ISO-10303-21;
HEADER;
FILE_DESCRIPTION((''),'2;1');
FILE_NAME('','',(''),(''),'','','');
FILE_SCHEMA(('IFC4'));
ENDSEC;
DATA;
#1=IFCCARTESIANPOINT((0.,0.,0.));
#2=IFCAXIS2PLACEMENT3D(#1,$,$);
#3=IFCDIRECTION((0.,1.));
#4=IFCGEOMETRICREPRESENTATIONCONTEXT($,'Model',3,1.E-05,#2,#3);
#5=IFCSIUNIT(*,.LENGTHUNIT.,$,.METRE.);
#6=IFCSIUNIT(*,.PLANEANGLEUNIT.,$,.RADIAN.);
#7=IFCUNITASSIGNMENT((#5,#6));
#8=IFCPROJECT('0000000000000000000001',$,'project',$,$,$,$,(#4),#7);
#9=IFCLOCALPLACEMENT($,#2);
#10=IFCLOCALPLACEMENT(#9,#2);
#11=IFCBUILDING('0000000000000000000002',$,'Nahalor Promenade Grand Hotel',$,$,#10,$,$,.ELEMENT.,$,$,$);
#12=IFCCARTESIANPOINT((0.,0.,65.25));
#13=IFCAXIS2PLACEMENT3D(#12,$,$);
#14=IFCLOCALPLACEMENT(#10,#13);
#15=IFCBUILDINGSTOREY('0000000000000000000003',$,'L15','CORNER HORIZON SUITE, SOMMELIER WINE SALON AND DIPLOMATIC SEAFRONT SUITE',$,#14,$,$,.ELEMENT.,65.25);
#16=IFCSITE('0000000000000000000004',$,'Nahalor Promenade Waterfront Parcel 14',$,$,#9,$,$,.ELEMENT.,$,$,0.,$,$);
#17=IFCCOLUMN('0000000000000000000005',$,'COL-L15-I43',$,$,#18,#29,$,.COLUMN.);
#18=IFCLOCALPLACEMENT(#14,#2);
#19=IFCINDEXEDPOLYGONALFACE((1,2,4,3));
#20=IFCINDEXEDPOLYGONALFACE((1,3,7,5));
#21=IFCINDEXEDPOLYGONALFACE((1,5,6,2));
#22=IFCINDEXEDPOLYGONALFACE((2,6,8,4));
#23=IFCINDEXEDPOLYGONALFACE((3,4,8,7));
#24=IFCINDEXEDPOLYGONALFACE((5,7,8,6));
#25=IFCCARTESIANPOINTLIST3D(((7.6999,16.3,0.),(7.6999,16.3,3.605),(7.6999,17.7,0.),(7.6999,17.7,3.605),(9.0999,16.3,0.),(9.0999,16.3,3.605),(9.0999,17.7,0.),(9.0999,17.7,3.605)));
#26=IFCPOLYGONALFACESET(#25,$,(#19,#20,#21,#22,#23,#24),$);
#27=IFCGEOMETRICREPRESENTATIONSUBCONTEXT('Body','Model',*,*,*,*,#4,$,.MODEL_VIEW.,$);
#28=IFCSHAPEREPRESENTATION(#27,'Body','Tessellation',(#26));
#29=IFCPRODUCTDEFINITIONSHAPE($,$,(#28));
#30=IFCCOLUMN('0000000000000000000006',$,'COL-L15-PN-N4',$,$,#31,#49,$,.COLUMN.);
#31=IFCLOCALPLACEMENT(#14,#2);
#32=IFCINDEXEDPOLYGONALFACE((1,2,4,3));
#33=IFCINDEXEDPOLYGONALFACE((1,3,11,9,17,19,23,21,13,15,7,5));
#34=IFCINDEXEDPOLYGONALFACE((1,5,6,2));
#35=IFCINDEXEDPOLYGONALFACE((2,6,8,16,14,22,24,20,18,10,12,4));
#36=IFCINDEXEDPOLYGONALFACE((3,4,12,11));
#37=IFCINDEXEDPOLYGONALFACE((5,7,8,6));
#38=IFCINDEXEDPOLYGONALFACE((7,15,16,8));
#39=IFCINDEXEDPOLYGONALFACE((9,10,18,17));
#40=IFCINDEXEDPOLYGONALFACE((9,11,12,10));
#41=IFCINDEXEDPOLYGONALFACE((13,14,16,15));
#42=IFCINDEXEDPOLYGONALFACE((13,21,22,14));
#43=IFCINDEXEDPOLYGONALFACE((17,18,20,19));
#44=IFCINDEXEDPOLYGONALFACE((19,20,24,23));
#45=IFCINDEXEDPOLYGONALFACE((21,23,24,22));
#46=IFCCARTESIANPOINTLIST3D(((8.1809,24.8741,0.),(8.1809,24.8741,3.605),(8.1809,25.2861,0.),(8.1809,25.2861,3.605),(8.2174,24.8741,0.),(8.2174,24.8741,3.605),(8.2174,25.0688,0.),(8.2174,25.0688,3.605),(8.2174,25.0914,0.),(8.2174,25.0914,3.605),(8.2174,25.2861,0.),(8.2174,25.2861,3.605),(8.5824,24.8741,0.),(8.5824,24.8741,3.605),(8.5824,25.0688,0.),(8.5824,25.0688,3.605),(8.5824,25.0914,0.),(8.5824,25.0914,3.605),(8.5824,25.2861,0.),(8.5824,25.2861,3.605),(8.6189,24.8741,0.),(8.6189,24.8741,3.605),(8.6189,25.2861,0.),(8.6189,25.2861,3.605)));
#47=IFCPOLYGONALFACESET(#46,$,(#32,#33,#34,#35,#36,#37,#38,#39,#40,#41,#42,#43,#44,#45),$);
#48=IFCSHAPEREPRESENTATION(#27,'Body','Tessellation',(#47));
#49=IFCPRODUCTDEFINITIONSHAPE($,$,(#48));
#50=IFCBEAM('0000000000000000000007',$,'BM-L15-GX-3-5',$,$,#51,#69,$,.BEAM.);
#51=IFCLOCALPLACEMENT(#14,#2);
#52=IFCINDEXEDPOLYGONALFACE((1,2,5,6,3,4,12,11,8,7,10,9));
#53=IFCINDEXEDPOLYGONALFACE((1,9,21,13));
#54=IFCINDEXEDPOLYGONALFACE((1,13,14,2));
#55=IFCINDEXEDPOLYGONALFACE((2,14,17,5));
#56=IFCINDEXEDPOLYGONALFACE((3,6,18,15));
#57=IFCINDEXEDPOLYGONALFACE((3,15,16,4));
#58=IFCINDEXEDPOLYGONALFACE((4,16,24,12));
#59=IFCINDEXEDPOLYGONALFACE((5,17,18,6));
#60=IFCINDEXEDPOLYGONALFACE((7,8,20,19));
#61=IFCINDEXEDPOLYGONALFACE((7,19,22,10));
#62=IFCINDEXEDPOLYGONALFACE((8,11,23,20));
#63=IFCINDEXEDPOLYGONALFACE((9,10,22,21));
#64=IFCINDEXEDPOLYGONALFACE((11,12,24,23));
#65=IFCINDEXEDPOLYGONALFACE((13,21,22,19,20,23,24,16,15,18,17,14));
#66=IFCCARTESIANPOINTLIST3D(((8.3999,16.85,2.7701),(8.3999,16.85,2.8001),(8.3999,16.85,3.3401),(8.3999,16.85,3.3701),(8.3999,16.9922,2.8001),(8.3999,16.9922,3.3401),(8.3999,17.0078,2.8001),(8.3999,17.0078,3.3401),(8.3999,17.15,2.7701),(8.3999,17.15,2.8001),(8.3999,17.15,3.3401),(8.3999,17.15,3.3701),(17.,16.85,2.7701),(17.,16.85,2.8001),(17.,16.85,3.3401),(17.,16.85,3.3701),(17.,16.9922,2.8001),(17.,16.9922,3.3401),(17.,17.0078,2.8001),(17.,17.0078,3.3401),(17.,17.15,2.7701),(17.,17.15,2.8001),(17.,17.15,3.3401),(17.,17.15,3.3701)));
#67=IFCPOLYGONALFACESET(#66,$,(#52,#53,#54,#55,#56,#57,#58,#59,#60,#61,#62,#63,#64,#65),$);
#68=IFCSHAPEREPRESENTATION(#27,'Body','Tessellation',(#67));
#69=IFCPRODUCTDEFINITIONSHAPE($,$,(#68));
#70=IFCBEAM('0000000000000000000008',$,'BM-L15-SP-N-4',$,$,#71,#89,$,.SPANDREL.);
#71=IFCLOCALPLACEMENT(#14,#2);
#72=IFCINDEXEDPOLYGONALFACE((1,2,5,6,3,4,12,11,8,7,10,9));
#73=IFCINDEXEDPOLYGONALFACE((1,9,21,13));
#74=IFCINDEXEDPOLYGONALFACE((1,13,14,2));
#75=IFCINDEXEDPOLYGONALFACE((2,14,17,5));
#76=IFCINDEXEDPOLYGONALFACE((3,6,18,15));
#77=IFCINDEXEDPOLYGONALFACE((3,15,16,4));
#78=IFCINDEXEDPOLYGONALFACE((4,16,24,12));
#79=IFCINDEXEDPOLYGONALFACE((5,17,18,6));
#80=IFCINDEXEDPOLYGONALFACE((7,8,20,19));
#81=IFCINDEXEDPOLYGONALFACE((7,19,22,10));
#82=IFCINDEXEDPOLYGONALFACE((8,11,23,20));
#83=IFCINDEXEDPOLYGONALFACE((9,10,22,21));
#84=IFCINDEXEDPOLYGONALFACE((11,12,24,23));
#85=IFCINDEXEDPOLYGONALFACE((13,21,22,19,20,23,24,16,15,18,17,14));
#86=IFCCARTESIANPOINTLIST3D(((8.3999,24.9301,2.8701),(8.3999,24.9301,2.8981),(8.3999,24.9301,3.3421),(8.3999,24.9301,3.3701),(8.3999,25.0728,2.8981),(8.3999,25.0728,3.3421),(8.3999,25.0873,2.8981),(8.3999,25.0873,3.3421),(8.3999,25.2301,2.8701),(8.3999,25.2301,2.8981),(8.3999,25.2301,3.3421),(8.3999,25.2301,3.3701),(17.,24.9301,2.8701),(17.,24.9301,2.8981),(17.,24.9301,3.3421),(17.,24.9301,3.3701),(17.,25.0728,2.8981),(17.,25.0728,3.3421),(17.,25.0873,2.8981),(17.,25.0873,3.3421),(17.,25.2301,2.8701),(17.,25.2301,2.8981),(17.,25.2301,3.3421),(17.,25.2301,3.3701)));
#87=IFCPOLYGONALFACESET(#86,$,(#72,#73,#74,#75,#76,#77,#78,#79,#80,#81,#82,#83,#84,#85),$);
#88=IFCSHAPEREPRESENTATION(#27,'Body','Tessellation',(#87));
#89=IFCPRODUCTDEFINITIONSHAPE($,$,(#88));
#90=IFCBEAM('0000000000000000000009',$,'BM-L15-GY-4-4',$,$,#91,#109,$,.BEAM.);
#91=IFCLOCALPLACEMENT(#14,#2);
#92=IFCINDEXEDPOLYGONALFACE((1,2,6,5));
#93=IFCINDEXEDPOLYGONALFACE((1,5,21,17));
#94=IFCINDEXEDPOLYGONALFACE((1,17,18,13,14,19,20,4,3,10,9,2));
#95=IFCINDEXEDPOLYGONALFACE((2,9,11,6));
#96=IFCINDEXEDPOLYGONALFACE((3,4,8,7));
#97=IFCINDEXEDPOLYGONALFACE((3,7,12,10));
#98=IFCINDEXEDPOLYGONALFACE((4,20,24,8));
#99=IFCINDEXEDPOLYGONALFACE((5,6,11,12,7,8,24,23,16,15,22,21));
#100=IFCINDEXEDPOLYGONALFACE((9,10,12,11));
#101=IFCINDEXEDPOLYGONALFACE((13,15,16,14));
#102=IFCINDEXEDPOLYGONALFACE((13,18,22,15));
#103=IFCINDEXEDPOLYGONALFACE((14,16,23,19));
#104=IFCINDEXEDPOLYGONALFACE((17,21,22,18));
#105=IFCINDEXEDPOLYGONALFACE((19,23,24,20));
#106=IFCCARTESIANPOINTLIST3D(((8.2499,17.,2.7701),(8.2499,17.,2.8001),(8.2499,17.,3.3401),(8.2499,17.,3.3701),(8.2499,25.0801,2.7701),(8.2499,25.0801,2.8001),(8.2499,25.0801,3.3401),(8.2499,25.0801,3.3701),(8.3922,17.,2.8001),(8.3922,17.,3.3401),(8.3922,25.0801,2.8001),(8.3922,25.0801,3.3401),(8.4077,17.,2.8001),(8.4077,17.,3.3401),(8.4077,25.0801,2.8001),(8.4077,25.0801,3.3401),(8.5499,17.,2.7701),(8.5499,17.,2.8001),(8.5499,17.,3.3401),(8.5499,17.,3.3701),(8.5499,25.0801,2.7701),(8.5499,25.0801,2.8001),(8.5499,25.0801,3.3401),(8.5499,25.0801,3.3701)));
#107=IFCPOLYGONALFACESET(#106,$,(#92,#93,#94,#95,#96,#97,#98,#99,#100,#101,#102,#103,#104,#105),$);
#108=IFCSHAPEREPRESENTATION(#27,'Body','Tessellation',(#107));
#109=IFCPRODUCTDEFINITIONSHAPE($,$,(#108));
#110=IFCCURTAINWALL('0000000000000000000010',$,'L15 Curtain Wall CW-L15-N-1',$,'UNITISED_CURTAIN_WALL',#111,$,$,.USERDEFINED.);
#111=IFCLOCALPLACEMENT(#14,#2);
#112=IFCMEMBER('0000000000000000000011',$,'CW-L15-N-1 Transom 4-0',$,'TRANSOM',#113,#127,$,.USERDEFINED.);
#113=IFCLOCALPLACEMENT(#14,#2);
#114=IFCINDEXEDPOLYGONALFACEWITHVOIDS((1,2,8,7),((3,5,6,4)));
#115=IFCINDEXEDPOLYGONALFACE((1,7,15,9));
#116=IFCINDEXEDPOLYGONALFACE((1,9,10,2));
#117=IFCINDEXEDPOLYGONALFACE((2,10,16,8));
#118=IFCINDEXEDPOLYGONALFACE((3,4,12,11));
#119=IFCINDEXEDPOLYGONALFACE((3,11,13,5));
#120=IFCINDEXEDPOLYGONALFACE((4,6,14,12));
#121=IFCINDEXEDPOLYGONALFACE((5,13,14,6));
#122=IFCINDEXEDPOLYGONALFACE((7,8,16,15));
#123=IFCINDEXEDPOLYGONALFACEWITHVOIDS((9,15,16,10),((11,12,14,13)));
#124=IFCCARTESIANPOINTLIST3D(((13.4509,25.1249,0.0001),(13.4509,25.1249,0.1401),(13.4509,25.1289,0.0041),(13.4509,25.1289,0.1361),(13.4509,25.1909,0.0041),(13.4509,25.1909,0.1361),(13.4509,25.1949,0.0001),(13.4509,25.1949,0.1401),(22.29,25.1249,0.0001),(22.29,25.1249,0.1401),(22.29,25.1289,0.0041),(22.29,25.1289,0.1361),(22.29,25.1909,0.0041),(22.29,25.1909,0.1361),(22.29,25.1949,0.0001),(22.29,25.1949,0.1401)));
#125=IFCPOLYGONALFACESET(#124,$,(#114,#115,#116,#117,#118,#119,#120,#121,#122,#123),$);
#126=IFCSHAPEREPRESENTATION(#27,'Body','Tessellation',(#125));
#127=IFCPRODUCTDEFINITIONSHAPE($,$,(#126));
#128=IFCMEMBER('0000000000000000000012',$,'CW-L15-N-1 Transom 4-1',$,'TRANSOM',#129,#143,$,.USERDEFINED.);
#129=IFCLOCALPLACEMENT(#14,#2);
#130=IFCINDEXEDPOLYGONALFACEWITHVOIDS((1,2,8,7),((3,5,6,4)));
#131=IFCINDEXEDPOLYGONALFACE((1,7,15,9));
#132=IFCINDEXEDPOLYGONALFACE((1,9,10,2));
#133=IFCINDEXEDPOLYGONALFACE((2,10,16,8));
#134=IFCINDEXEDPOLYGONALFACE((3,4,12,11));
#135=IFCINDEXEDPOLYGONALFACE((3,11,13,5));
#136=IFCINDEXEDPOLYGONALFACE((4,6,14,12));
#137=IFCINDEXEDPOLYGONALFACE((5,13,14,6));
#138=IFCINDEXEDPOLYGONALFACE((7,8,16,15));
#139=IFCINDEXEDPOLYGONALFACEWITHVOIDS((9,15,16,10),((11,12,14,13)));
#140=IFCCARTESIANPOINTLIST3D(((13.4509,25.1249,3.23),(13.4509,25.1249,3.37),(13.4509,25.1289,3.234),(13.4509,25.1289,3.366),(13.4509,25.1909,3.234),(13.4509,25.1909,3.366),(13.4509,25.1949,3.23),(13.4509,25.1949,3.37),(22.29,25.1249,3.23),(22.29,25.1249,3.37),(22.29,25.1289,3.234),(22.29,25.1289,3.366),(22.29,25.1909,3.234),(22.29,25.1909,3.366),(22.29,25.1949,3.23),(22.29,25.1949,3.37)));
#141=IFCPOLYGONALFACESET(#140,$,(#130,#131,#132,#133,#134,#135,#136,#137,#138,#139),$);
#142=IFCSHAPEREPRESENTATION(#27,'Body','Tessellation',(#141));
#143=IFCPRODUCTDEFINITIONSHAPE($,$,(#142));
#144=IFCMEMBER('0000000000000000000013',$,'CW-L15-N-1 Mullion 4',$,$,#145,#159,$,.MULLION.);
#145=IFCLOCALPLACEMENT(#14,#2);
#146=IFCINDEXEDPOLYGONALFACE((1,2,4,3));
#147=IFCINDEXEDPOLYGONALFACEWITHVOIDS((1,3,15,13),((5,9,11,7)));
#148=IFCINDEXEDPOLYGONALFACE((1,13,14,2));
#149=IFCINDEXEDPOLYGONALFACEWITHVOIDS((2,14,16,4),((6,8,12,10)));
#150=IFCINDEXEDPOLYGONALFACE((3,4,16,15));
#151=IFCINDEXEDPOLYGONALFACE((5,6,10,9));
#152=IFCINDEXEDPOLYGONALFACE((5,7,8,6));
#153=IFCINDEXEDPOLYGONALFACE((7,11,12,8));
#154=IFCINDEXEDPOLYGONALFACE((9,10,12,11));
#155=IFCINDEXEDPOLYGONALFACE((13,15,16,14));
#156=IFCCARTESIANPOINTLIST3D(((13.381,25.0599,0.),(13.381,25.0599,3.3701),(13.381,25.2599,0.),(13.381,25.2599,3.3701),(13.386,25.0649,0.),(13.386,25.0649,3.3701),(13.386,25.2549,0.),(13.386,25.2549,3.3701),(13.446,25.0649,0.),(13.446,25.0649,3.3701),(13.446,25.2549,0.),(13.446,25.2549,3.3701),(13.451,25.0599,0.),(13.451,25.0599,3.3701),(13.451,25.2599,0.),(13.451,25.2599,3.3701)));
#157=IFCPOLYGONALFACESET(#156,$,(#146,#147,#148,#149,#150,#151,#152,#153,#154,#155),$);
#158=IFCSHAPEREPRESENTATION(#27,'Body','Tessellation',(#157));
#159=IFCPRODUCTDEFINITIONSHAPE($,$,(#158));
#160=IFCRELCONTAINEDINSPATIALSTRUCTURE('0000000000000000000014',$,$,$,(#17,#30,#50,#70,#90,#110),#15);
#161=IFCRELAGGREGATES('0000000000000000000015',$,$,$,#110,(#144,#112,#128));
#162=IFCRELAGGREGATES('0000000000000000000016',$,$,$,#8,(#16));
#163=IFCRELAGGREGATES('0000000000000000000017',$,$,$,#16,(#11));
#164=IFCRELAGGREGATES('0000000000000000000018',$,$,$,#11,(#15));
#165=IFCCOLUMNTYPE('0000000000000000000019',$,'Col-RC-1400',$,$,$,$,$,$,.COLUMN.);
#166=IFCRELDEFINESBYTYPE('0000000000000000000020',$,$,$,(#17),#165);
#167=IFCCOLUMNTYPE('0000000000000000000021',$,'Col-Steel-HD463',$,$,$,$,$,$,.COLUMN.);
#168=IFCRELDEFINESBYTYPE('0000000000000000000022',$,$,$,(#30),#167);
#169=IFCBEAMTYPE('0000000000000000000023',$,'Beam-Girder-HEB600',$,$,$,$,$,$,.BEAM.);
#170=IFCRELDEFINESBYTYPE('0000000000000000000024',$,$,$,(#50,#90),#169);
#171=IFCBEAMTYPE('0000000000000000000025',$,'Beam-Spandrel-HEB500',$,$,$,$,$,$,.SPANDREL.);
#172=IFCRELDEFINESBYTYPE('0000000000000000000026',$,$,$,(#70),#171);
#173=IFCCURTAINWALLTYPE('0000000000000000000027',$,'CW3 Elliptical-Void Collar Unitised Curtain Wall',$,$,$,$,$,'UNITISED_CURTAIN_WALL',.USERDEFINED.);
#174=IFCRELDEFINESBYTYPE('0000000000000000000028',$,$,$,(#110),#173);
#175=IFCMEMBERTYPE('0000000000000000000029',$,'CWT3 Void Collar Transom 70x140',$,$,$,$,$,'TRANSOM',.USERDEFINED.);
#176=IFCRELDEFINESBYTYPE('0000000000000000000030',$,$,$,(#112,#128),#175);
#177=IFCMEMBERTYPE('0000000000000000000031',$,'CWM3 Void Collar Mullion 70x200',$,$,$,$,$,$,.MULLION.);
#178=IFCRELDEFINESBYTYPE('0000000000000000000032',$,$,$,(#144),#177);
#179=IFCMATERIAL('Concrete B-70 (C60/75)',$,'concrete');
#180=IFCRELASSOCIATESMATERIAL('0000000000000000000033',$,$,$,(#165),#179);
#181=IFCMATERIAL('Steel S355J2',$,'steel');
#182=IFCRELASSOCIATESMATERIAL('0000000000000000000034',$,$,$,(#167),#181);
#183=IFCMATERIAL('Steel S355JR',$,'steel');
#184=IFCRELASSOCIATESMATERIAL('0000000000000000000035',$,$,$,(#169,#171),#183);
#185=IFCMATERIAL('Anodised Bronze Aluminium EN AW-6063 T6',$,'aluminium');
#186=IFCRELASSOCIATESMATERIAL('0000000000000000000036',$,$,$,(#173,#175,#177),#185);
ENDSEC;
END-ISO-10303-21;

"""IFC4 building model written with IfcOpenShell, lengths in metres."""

from ifc_helpers import new_model, si_unit, direction, frame, origin, origin_2d, place, context, subcontext, project, spatial, rectangle, hollow_rectangle, i_section, extrude, source, transform, mapped, material, material_profile, profile_set, type_object, element, aggregate, save


model = new_model("IFC4")

# Units and contexts
model_context = context("Model", 3, precision=1e-05, world=origin(), true_north=direction((0.0, 1.0)))
body_context = subcontext(model_context, "Body", "Model", "MODEL_VIEW")
ifc_project = project(units=[si_unit("LENGTHUNIT", "METRE"), si_unit("PLANEANGLEUNIT", "RADIAN")], contexts=[model_context])

# Site, building, storey
site_placement = place(None, origin())
site = spatial("IfcSite", under=ifc_project, at=site_placement, Name="Nahalor Promenade Waterfront Parcel 14", CompositionType="ELEMENT", RefElevation=0.0)
building_placement = place(site_placement, origin())
building = spatial("IfcBuilding", under=site, at=building_placement, Name="Nahalor Promenade Grand Hotel", CompositionType="ELEMENT")
storey_placement = place(building_placement, frame((0.0, 0.0, 65.25)))
storey = spatial("IfcBuildingStorey", under=building, at=storey_placement, Name="L15", Description="CORNER HORIZON SUITE, SOMMELIER WINE SALON AND DIPLOMATIC SEAFRONT SUITE", CompositionType="ELEMENT", Elevation=65.25)

# Columns
ifc_material_1 = material(Name="Concrete B-70 (C60/75)", Category="concrete")
ifc_material_profile_1 = material_profile(ifc_material_1, rectangle(XDim=1.4, YDim=1.4, at=origin_2d()), Name="RC 1400x1400")
ifc_profile_set_1 = profile_set([ifc_material_profile_1], Name="Concrete B-70 (C60/75)")
column_type_1 = type_object("IfcColumnType", Name="Col-RC-1400", PredefinedType="COLUMN", material=ifc_profile_set_1)
shared_shape_1 = source(origin(), body_context, "Body", "SweptSolid", [
    extrude(rectangle(XDim=1.4, YDim=1.4, at=origin_2d()), origin(), (0.0, 0.0, 1.0), 3.605),
])
column_1_placement = place(storey_placement, frame((8.3999, 17.0, 0.0), z_axis=(0.0, 0.0, 1.0), x_axis=(1.0, 0.0, 0.0)))
element("IfcColumn", 1, at=column_1_placement, inside=storey, type_object=column_type_1, Name="COL-L15-I43", PredefinedType="COLUMN", context=body_context, shape_type="MappedRepresentation", body=[
    mapped(shared_shape_1, transform((0.0, 0.0, 0.0), scale=1.0)),
])
ifc_material_2 = material(Name="Steel S355J2", Category="steel")
ifc_material_profile_2 = material_profile(ifc_material_2, i_section(OverallWidth=0.412, OverallDepth=0.438, WebThickness=0.0226, FlangeThickness=0.0365, at=origin_2d()), Name="HD 400x463")
ifc_profile_set_2 = profile_set([ifc_material_profile_2], Name="Steel S355J2")
column_type_2 = type_object("IfcColumnType", Name="Col-Steel-HD463", PredefinedType="COLUMN", material=ifc_profile_set_2)
shared_shape_2 = source(origin(), body_context, "Body", "SweptSolid", [
    extrude(i_section(OverallWidth=0.412, OverallDepth=0.438, WebThickness=0.0226, FlangeThickness=0.0365, at=origin_2d()), origin(), (0.0, 0.0, 1.0), 3.605),
])
column_2_placement = place(storey_placement, frame((8.3999, 25.0801, 0.0), z_axis=(0.0, 0.0, 1.0), x_axis=(0.0, 1.0, 0.0)))
element("IfcColumn", 2, at=column_2_placement, inside=storey, type_object=column_type_2, Name="COL-L15-PN-N4", PredefinedType="COLUMN", context=body_context, shape_type="MappedRepresentation", body=[
    mapped(shared_shape_2, transform((0.0, 0.0, 0.0), scale=1.0)),
])

# Beams
ifc_material_3 = material(Name="Steel S355JR", Category="steel")
ifc_material_profile_3 = material_profile(ifc_material_3, i_section(OverallWidth=0.3, OverallDepth=0.6, WebThickness=0.0155, FlangeThickness=0.03, at=origin_2d()), Name="HEB 600")
ifc_profile_set_3 = profile_set([ifc_material_profile_3], Name="Steel S355JR")
beam_type_1 = type_object("IfcBeamType", Name="Beam-Girder-HEB600", PredefinedType="BEAM", material=ifc_profile_set_3)
shared_shape_3 = source(origin(), body_context, "Body", "SweptSolid", [
    extrude(i_section(OverallWidth=0.3, OverallDepth=0.6, WebThickness=0.0155, FlangeThickness=0.03, at=origin_2d()), origin(), (0.0, 0.0, 1.0), 8.6001),
])
beam_1_placement = place(storey_placement, frame((8.3999, 17.0, 3.0701), z_axis=(1.0, 0.0, 0.0), x_axis=(0.0, 1.0, 0.0)))
element("IfcBeam", 3, at=beam_1_placement, inside=storey, type_object=beam_type_1, Name="BM-L15-GX-3-5", PredefinedType="BEAM", context=body_context, shape_type="MappedRepresentation", body=[
    mapped(shared_shape_3, transform((0.0, 0.0, 0.0), scale=1.0)),
])
ifc_material_profile_4 = material_profile(ifc_material_3, i_section(OverallWidth=0.3, OverallDepth=0.5, WebThickness=0.0145, FlangeThickness=0.028, at=origin_2d()), Name="HEB 500")
ifc_profile_set_4 = profile_set([ifc_material_profile_4], Name="Steel S355JR")
beam_type_2 = type_object("IfcBeamType", Name="Beam-Spandrel-HEB500", PredefinedType="SPANDREL", material=ifc_profile_set_4)
shared_shape_4 = source(origin(), body_context, "Body", "SweptSolid", [
    extrude(i_section(OverallWidth=0.3, OverallDepth=0.5, WebThickness=0.0145, FlangeThickness=0.028, at=origin_2d()), origin(), (0.0, 0.0, 1.0), 8.6001),
])
beam_2_placement = place(storey_placement, frame((8.3999, 25.0801, 3.1201), z_axis=(1.0, 0.0, 0.0), x_axis=(0.0, 1.0, 0.0)))
element("IfcBeam", 4, at=beam_2_placement, inside=storey, type_object=beam_type_2, Name="BM-L15-SP-N-4", PredefinedType="SPANDREL", context=body_context, shape_type="MappedRepresentation", body=[
    mapped(shared_shape_4, transform((0.0, 0.0, 0.0), scale=1.0)),
])
shared_shape_5 = source(origin(), body_context, "Body", "SweptSolid", [
    extrude(i_section(OverallWidth=0.3, OverallDepth=0.6, WebThickness=0.0155, FlangeThickness=0.03, at=origin_2d()), origin(), (0.0, 0.0, 1.0), 8.0801),
])
beam_3_placement = place(storey_placement, frame((8.3999, 17.0, 3.0701), z_axis=(0.0, 1.0, 0.0), x_axis=(-1.0, 0.0, 0.0)))
element("IfcBeam", 5, at=beam_3_placement, inside=storey, type_object=beam_type_1, Name="BM-L15-GY-4-4", PredefinedType="BEAM", context=body_context, shape_type="MappedRepresentation", body=[
    mapped(shared_shape_5, transform((0.0, 0.0, 0.0), scale=1.0)),
])

# Curtain wall, members
ifc_material_4 = material(Name="Anodised Bronze Aluminium EN AW-6063 T6", Category="aluminium")
curtain_wall_type = type_object("IfcCurtainWallType", Name="CW3 Elliptical-Void Collar Unitised Curtain Wall", ElementType="UNITISED_CURTAIN_WALL", PredefinedType="USERDEFINED", material=ifc_material_4)
curtain_wall_placement = place(storey_placement, origin())
curtain_wall = element("IfcCurtainWall", 6, at=curtain_wall_placement, inside=storey, type_object=curtain_wall_type, Name="L15 Curtain Wall CW-L15-N-1", ObjectType="UNITISED_CURTAIN_WALL", PredefinedType="USERDEFINED")
ifc_material_profile_5 = material_profile(ifc_material_4, hollow_rectangle(XDim=0.07, YDim=0.14, WallThickness=0.004, at=origin_2d()), Name="CWT 70x140x4")
ifc_profile_set_5 = profile_set([ifc_material_profile_5], Name="Anodised Bronze Aluminium EN AW-6063 T6")
member_type_1 = type_object("IfcMemberType", Name="CWT3 Void Collar Transom 70x140", ElementType="TRANSOM", PredefinedType="USERDEFINED", material=ifc_profile_set_5)
shared_shape_6 = source(origin(), body_context, "Body", "SweptSolid", [
    extrude(hollow_rectangle(XDim=0.07, YDim=0.14, WallThickness=0.004, at=origin_2d()), origin(), (0.0, 0.0, 1.0), 8.8391),
])
member_1_placement = place(storey_placement, frame((13.4509, 25.1599, 0.0701), z_axis=(1.0, 0.0, 0.0), x_axis=(0.0, 1.0, 0.0)))
member_1 = element("IfcMember", 7, at=member_1_placement, type_object=member_type_1, Name="CW-L15-N-1 Transom 4-0", ObjectType="TRANSOM", PredefinedType="USERDEFINED", context=body_context, shape_type="MappedRepresentation", body=[
    mapped(shared_shape_6, transform((0.0, 0.0, 0.0), scale=1.0)),
])
member_2_placement = place(storey_placement, frame((13.4509, 25.1599, 3.3), z_axis=(1.0, 0.0, 0.0), x_axis=(0.0, 1.0, 0.0)))
member_2 = element("IfcMember", 8, at=member_2_placement, type_object=member_type_1, Name="CW-L15-N-1 Transom 4-1", ObjectType="TRANSOM", PredefinedType="USERDEFINED", context=body_context, shape_type="MappedRepresentation", body=[
    mapped(shared_shape_6, transform((0.0, 0.0, 0.0), scale=1.0)),
])
ifc_material_profile_6 = material_profile(ifc_material_4, hollow_rectangle(XDim=0.07, YDim=0.2, WallThickness=0.005, at=origin_2d()), Name="CWM 70x200x5")
ifc_profile_set_6 = profile_set([ifc_material_profile_6], Name="Anodised Bronze Aluminium EN AW-6063 T6")
member_type_2 = type_object("IfcMemberType", Name="CWM3 Void Collar Mullion 70x200", PredefinedType="MULLION", material=ifc_profile_set_6)
shared_shape_7 = source(origin(), body_context, "Body", "SweptSolid", [
    extrude(hollow_rectangle(XDim=0.07, YDim=0.2, WallThickness=0.005, at=origin_2d()), origin(), (0.0, 0.0, 1.0), 3.3701),
])
member_3_placement = place(storey_placement, frame((13.416, 25.1599, 0.0), z_axis=(0.0, 0.0, 1.0), x_axis=(1.0, 0.0, 0.0)))
member_3 = element("IfcMember", 9, at=member_3_placement, type_object=member_type_2, Name="CW-L15-N-1 Mullion 4", PredefinedType="MULLION", context=body_context, shape_type="MappedRepresentation", body=[
    mapped(shared_shape_7, transform((0.0, 0.0, 0.0), scale=1.0)),
])
aggregate(curtain_wall, [member_3, member_1, member_2])

save(model, "model.ifc")
